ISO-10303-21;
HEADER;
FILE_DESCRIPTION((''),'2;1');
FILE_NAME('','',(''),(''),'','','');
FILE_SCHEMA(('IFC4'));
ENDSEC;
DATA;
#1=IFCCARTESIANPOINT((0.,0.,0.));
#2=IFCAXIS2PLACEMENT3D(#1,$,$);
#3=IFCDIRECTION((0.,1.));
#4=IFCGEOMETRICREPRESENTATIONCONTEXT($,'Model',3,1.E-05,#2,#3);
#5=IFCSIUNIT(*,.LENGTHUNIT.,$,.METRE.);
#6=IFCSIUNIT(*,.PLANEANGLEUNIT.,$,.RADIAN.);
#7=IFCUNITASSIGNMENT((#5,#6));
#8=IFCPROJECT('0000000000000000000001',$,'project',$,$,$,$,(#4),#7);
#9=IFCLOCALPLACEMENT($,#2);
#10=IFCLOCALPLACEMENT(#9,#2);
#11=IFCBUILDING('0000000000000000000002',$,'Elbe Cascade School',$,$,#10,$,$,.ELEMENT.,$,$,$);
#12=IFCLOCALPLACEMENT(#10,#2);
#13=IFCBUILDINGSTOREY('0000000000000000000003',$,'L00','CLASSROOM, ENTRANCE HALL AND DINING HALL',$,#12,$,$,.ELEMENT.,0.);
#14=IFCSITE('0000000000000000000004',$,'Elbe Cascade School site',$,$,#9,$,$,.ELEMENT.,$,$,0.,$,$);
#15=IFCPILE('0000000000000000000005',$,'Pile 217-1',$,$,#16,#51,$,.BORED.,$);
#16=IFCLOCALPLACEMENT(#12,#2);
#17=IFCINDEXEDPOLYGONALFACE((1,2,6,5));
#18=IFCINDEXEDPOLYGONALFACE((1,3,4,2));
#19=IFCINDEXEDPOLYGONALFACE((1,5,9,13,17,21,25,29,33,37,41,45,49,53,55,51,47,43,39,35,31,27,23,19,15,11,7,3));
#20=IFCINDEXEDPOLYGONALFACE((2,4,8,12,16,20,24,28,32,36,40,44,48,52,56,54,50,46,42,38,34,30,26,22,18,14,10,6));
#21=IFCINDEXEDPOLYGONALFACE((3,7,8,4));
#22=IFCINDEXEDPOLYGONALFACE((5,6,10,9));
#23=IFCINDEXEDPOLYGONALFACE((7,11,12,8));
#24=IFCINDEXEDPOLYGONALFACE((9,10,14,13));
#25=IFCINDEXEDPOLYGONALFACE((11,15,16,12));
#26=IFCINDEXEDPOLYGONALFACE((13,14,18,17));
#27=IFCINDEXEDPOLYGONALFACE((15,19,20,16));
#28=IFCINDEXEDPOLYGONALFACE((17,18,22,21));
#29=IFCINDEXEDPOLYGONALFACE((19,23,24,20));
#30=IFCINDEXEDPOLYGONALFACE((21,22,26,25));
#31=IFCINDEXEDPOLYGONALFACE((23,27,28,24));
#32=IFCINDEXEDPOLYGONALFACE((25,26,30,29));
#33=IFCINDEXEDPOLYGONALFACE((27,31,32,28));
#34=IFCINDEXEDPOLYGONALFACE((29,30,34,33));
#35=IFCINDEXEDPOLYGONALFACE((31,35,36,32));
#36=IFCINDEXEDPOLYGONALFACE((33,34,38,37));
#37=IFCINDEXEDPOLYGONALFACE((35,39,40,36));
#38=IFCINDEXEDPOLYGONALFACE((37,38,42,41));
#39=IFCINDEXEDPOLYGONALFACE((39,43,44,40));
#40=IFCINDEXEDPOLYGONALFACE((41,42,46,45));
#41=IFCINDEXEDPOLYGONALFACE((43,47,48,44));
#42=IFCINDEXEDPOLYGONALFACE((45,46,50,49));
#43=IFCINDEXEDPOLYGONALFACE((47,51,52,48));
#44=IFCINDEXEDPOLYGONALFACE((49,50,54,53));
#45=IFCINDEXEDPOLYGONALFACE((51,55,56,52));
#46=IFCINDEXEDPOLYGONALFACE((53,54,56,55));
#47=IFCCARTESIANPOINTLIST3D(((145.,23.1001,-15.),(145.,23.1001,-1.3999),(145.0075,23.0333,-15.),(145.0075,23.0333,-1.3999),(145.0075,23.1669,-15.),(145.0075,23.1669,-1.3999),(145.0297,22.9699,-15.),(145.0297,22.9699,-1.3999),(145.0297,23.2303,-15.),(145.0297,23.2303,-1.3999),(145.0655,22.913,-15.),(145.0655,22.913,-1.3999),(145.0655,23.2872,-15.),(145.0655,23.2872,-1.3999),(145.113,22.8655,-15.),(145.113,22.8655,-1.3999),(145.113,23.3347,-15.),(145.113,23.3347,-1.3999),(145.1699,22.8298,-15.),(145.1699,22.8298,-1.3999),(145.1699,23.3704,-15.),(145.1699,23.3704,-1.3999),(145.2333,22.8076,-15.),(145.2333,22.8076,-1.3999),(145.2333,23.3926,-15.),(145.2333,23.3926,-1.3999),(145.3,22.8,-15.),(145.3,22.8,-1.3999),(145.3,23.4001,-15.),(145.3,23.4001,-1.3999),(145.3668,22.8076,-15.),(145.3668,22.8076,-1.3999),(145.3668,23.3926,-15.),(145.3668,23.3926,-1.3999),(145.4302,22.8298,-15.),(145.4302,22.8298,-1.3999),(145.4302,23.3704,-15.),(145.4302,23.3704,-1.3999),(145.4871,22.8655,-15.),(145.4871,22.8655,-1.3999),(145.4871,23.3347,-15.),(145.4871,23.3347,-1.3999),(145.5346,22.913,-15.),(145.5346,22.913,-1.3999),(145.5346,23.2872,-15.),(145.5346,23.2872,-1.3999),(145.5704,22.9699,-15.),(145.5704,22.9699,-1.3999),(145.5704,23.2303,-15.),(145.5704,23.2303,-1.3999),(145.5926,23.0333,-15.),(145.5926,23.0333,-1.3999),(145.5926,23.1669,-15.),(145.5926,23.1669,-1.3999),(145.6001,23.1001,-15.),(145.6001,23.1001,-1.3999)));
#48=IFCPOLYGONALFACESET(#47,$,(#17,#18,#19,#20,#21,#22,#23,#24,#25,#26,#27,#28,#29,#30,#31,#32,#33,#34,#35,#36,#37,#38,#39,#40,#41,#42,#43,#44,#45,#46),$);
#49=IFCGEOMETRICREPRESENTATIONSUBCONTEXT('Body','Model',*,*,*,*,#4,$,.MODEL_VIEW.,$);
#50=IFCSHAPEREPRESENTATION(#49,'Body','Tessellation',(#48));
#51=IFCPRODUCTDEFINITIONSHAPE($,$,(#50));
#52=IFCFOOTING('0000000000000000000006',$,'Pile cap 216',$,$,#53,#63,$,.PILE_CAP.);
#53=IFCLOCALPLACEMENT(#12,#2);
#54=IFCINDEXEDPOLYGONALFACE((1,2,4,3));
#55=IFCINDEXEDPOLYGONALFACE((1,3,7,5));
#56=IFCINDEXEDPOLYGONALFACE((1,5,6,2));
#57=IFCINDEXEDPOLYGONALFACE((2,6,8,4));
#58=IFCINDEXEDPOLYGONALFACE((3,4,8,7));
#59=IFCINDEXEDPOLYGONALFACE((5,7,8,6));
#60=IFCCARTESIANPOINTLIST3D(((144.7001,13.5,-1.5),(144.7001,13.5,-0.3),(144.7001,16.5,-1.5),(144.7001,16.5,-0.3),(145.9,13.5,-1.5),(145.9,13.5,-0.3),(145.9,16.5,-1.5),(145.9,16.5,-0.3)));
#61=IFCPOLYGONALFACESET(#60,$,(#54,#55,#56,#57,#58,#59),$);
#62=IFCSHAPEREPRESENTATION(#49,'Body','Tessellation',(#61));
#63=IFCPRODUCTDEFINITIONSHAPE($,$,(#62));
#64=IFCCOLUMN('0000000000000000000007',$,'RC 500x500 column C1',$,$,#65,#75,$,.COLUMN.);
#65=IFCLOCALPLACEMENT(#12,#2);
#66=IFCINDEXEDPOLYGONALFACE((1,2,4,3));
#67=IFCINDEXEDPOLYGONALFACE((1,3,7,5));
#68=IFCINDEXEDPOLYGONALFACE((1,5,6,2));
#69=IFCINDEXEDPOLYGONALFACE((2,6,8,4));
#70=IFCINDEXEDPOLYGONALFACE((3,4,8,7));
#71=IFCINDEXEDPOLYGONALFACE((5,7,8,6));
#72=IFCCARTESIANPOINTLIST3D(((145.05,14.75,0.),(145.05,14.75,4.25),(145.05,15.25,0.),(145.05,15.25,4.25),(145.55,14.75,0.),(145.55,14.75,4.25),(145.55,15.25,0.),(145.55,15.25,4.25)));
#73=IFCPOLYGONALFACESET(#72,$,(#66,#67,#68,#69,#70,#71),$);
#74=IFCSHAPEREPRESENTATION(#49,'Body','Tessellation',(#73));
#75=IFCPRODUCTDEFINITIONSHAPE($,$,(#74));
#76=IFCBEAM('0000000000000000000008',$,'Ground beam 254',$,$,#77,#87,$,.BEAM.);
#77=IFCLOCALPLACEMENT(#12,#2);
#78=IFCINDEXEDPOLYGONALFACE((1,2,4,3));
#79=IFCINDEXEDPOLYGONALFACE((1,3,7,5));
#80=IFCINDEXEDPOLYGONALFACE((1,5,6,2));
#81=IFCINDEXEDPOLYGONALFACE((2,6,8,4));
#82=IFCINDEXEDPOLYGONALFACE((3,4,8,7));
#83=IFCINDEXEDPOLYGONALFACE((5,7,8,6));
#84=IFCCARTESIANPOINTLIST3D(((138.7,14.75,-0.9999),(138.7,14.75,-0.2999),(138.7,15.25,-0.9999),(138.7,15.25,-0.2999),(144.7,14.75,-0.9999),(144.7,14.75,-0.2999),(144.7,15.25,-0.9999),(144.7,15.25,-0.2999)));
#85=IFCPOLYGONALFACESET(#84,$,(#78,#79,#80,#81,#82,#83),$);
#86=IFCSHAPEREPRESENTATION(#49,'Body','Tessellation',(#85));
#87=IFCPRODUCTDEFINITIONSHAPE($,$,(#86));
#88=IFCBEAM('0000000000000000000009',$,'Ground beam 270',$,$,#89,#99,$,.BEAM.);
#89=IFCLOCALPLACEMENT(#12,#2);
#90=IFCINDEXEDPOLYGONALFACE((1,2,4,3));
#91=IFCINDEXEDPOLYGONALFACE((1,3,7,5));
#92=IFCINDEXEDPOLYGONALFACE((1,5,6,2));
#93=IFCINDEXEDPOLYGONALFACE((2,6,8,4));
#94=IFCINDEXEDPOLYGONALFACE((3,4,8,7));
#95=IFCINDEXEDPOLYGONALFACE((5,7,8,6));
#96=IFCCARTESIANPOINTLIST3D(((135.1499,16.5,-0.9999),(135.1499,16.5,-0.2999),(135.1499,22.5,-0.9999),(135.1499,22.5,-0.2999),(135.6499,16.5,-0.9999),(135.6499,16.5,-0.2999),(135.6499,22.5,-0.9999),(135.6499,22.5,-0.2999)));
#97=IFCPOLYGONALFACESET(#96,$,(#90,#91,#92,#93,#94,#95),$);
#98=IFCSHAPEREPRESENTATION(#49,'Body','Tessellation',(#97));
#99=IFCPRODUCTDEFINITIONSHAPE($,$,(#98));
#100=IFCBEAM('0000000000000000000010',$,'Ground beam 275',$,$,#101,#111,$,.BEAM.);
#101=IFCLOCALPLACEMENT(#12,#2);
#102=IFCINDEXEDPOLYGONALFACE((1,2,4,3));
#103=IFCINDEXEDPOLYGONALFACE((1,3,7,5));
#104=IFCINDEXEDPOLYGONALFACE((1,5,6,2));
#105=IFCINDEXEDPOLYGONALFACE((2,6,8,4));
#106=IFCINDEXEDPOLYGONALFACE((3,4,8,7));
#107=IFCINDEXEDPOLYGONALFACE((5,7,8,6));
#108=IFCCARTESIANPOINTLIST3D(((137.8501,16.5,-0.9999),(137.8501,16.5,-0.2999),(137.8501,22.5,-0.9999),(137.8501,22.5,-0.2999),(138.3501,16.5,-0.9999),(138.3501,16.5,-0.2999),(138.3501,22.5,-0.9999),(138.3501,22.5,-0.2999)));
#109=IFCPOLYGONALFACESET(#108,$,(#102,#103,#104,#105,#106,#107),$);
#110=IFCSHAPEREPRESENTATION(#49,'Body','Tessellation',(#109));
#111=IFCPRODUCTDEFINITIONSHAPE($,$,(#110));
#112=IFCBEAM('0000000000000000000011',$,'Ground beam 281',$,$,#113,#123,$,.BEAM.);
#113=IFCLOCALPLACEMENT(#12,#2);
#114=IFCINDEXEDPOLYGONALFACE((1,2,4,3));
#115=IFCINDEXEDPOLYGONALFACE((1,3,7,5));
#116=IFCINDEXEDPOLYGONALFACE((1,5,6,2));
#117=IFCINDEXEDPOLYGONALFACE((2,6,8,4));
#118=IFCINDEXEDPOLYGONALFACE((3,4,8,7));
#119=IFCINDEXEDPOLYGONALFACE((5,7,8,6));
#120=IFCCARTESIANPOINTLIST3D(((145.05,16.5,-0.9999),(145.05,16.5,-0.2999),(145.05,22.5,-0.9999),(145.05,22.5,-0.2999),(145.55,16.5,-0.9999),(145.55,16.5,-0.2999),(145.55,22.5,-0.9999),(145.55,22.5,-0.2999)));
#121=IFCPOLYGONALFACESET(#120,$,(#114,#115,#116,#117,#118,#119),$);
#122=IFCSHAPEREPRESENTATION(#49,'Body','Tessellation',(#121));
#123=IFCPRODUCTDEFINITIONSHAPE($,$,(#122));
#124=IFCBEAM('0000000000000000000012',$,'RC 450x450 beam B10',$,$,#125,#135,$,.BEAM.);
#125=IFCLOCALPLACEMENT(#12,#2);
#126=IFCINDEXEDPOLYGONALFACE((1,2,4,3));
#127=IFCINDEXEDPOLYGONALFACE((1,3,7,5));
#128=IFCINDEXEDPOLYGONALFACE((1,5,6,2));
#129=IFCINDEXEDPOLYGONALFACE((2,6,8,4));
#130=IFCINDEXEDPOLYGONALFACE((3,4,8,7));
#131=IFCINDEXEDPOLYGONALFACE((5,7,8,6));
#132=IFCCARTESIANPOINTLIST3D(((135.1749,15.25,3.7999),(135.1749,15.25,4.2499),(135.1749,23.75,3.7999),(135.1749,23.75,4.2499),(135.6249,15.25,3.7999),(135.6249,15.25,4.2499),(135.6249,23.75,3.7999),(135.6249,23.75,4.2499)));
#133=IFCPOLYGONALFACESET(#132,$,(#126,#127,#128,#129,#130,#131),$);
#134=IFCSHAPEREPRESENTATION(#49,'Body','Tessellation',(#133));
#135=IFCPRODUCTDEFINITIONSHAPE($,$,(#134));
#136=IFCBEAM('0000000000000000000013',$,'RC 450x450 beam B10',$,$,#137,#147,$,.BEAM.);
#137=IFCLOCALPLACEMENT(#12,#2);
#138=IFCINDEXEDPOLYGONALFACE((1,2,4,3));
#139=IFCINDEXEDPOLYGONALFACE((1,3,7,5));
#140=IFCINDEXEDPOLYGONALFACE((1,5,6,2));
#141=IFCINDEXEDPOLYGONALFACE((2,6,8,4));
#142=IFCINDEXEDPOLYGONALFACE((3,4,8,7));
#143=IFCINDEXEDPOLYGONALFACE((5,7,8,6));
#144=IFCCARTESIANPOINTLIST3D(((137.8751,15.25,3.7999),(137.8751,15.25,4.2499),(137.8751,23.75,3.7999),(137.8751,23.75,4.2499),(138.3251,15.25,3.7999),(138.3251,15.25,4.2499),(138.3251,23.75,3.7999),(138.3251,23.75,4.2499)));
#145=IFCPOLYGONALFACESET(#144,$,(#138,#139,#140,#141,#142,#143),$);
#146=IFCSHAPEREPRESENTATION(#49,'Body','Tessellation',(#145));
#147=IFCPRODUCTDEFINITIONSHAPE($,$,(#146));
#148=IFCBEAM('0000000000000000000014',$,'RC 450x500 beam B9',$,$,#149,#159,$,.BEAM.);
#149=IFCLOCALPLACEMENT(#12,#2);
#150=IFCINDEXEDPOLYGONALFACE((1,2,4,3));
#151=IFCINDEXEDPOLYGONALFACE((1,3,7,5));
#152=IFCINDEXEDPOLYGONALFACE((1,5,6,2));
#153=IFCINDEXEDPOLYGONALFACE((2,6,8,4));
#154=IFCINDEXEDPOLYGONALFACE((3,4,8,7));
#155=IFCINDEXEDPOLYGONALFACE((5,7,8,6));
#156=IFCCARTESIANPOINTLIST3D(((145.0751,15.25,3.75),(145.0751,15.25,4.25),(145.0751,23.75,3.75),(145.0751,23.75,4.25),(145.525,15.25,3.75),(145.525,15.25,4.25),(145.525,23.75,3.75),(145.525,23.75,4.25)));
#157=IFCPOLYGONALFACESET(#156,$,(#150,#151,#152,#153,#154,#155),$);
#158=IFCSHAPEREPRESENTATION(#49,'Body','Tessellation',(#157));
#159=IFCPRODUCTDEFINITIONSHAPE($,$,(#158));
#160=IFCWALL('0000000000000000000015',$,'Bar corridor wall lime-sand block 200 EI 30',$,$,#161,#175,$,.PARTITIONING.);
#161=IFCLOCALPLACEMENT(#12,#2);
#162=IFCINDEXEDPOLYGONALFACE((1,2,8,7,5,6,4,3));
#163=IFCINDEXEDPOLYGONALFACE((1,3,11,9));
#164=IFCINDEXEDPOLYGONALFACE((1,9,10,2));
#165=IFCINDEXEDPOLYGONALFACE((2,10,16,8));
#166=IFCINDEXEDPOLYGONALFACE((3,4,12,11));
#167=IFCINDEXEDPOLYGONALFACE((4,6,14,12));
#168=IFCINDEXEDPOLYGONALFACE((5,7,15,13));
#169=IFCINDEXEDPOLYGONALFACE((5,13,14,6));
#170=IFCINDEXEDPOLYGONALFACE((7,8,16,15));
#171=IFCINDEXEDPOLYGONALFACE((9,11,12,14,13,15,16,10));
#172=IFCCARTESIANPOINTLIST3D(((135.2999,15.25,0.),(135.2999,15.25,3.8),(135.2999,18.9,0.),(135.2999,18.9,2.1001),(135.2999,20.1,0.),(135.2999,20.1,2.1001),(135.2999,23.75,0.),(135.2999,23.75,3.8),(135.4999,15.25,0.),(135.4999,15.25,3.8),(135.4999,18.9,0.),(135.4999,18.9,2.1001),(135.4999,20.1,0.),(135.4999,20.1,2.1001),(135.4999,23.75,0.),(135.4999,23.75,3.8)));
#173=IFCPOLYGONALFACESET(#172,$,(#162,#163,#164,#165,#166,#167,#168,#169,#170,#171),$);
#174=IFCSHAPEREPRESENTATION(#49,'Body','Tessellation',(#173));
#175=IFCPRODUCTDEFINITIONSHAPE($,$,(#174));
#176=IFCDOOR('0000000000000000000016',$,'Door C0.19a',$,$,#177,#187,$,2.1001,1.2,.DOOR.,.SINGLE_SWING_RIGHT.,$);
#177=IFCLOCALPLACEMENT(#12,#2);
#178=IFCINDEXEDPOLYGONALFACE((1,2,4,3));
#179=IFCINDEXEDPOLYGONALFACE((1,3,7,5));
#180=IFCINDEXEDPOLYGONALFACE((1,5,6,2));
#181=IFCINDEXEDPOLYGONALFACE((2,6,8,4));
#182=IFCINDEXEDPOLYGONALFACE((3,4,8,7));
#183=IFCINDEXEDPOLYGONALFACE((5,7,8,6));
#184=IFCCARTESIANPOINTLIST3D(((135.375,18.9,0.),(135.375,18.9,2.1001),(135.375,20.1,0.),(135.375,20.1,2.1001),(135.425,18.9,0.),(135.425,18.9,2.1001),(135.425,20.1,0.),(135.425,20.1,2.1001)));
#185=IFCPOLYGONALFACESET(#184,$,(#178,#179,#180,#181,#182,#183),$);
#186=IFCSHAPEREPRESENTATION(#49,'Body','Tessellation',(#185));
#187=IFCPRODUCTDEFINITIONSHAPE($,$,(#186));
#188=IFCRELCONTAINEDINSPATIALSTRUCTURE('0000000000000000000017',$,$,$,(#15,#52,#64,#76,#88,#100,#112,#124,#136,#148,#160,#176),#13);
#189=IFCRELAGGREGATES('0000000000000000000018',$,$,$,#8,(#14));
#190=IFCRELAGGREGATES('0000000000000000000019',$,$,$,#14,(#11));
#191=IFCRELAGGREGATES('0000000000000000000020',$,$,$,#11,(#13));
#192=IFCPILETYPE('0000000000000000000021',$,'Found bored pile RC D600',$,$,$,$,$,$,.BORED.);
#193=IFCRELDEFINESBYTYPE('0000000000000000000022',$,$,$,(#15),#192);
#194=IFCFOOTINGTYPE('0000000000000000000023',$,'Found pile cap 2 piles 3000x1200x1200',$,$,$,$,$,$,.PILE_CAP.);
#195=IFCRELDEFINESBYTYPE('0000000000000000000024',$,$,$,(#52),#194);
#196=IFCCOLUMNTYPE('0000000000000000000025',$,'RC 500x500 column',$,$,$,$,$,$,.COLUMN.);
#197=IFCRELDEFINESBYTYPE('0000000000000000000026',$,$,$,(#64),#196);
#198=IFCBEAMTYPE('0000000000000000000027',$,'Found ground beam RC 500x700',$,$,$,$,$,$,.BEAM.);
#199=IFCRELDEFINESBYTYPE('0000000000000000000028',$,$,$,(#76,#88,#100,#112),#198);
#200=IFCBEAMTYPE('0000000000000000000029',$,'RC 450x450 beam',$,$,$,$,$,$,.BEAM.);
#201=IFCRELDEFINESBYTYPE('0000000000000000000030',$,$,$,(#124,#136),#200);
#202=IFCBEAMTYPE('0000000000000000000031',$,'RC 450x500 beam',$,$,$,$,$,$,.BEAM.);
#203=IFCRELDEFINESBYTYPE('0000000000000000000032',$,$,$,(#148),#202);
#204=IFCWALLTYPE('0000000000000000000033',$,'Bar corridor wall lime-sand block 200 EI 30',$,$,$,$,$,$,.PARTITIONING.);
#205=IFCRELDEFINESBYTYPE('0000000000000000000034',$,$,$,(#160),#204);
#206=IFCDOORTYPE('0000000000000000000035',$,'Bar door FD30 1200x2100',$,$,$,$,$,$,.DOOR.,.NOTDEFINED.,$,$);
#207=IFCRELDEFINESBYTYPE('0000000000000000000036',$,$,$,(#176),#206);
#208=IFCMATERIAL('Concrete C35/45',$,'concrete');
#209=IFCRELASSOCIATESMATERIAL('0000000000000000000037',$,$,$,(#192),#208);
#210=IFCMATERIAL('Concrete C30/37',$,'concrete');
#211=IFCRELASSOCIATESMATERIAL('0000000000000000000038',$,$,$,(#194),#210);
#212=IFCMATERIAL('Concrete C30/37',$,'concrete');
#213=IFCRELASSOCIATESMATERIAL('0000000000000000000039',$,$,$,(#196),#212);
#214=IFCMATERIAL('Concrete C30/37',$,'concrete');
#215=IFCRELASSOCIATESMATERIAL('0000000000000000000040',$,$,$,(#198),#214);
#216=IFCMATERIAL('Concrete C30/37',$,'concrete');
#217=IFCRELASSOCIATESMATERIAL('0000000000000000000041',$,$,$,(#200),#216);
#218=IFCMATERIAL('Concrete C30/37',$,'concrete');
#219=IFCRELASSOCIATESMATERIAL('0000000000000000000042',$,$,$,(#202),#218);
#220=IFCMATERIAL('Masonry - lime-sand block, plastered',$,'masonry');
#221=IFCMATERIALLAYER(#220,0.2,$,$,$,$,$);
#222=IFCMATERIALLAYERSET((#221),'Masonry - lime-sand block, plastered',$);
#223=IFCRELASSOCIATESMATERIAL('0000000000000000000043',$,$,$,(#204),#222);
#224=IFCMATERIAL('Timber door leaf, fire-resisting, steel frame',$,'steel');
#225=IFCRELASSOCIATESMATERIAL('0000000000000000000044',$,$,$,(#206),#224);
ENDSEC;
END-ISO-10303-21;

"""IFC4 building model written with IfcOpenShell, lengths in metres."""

from ifc_helpers import new_model, si_unit, direction, frame, frame_2d, origin, origin_2d, place, context, subcontext, project, spatial, rectangle, circle, extrude, material, layer, layer_set, material_profile, profile_set, type_object, element, fill, save


model = new_model("IFC4")

# Units and contexts
model_context = context("Model", 3, precision=1e-05, world=origin(), true_north=direction((0.0, 1.0)))
body_context = subcontext(model_context, "Body", "Model", "MODEL_VIEW")
ifc_project = project(units=[si_unit("LENGTHUNIT", "METRE"), si_unit("PLANEANGLEUNIT", "RADIAN")], contexts=[model_context])

# Site, building, storey
site_placement = place(None, origin())
site = spatial("IfcSite", under=ifc_project, at=site_placement, Name="Elbe Cascade School site", CompositionType="ELEMENT", RefElevation=0.0)
building_placement = place(site_placement, origin())
building = spatial("IfcBuilding", under=site, at=building_placement, Name="Elbe Cascade School", CompositionType="ELEMENT")
storey_placement = place(building_placement, origin())
storey = spatial("IfcBuildingStorey", under=building, at=storey_placement, Name="L00", Description="CLASSROOM, ENTRANCE HALL AND DINING HALL", CompositionType="ELEMENT", Elevation=0.0)

# Pile
ifc_material_1 = material(Name="Concrete C35/45", Category="concrete")
ifc_material_profile_1 = material_profile(ifc_material_1, circle(Radius=0.3, at=origin_2d()), Name="RC D600")
ifc_profile_set_1 = profile_set([ifc_material_profile_1], Name="Concrete C35/45")
pile_type = type_object("IfcPileType", Name="Found bored pile RC D600", PredefinedType="BORED", material=ifc_profile_set_1)
for number, where, z_axis, x_axis, name in (
    (1, (145.3, 23.1001, -1.3999), (0.0, 0.0, -1.0), (1.0, 0.0, 0.0), "Pile 217-1"),
):
    element("IfcPile", number, at=place(storey_placement, frame(where, z_axis=z_axis, x_axis=x_axis)), inside=storey, type_object=pile_type, Name=name, PredefinedType="BORED", context=body_context, shape_type="SweptSolid", body=[
        extrude(circle(Radius=0.3, at=origin_2d()), origin(), (0.0, 0.0, 1.0), 13.6001),
    ])

# Footing
ifc_material_2 = material(Name="Concrete C30/37", Category="concrete")
footing_type = type_object("IfcFootingType", Name="Found pile cap 2 piles 3000x1200x1200", PredefinedType="PILE_CAP", material=ifc_material_2)
footing_placement = place(storey_placement, frame((145.3, 15.0, -1.5), z_axis=(0.0, 0.0, 1.0), x_axis=(1.0, 0.0, 0.0)))
element("IfcFooting", 2, at=footing_placement, inside=storey, type_object=footing_type, Name="Pile cap 216", PredefinedType="PILE_CAP", context=body_context, shape_type="SweptSolid", body=[
    extrude(rectangle(XDim=1.2, YDim=3.0, at=origin_2d()), origin(), (0.0, 0.0, 1.0), 1.2),
])

# Column
ifc_material_3 = material(Name="Concrete C30/37", Category="concrete")
ifc_material_profile_2 = material_profile(ifc_material_3, rectangle(XDim=0.5, YDim=0.5, at=origin_2d()), Name="RC 500x500")
ifc_profile_set_2 = profile_set([ifc_material_profile_2], Name="Concrete C30/37")
column_type = type_object("IfcColumnType", Name="RC 500x500 column", PredefinedType="COLUMN", material=ifc_profile_set_2)
column_placement = place(storey_placement, frame((145.3, 15.0, 0.0), z_axis=(0.0, 0.0, 1.0), x_axis=(1.0, 0.0, 0.0)))
element("IfcColumn", 3, at=column_placement, inside=storey, type_object=column_type, Name="RC 500x500 column C1", PredefinedType="COLUMN", context=body_context, shape_type="SweptSolid", body=[
    extrude(rectangle(XDim=0.5, YDim=0.5, at=origin_2d()), origin(), (0.0, 0.0, 1.0), 4.25),
])

# Beams
ifc_material_4 = material(Name="Concrete C30/37", Category="concrete")
ifc_material_profile_3 = material_profile(ifc_material_4, rectangle(XDim=0.5, YDim=0.7, at=origin_2d()), Name="RC 500x700")
ifc_profile_set_3 = profile_set([ifc_material_profile_3], Name="Concrete C30/37")
beam_type_1 = type_object("IfcBeamType", Name="Found ground beam RC 500x700", PredefinedType="BEAM", material=ifc_profile_set_3)
for number, where, z_axis, x_axis, name in (
    (4, (138.7, 15.0, -0.6499), (1.0, 0.0, 0.0), (0.0, 1.0, 0.0), "Ground beam 254"),
    (5, (135.3999, 16.5, -0.6499), (0.0, 1.0, 0.0), (-1.0, 0.0, 0.0), "Ground beam 270"),
    (6, (138.1001, 16.5, -0.6499), (0.0, 1.0, 0.0), (-1.0, 0.0, 0.0), "Ground beam 275"),
    (7, (145.3, 16.5, -0.6499), (0.0, 1.0, 0.0), (-1.0, 0.0, 0.0), "Ground beam 281"),
):
    element("IfcBeam", number, at=place(storey_placement, frame(where, z_axis=z_axis, x_axis=x_axis)), inside=storey, type_object=beam_type_1, Name=name, PredefinedType="BEAM", context=body_context, shape_type="SweptSolid", body=[
        extrude(rectangle(XDim=0.5, YDim=0.7, at=origin_2d()), origin(), (0.0, 0.0, 1.0), 6.0),
    ])
ifc_material_5 = material(Name="Concrete C30/37", Category="concrete")
ifc_material_profile_4 = material_profile(ifc_material_5, rectangle(XDim=0.45, YDim=0.45, at=origin_2d()), Name="RC 450x450")
ifc_profile_set_4 = profile_set([ifc_material_profile_4], Name="Concrete C30/37")
beam_type_2 = type_object("IfcBeamType", Name="RC 450x450 beam", PredefinedType="BEAM", material=ifc_profile_set_4)
for number, where, z_axis, x_axis, name in (
    (8, (135.3999, 15.25, 4.0249), (0.0, 1.0, 0.0), (-1.0, 0.0, 0.0), "RC 450x450 beam B10"),
    (9, (138.1001, 15.25, 4.0249), (0.0, 1.0, 0.0), (-1.0, 0.0, 0.0), "RC 450x450 beam B10"),
):
    element("IfcBeam", number, at=place(storey_placement, frame(where, z_axis=z_axis, x_axis=x_axis)), inside=storey, type_object=beam_type_2, Name=name, PredefinedType="BEAM", context=body_context, shape_type="SweptSolid", body=[
        extrude(rectangle(XDim=0.45, YDim=0.45, at=origin_2d()), origin(), (0.0, 0.0, 1.0), 8.5),
    ])
ifc_material_6 = material(Name="Concrete C30/37", Category="concrete")
ifc_material_profile_5 = material_profile(ifc_material_6, rectangle(XDim=0.45, YDim=0.5, at=origin_2d()), Name="RC 450x500")
ifc_profile_set_5 = profile_set([ifc_material_profile_5], Name="Concrete C30/37")
beam_type_3 = type_object("IfcBeamType", Name="RC 450x500 beam", PredefinedType="BEAM", material=ifc_profile_set_5)
beam_placement = place(storey_placement, frame((145.3, 15.25, 4.0), z_axis=(0.0, 1.0, 0.0), x_axis=(-1.0, 0.0, 0.0)))
element("IfcBeam", 10, at=beam_placement, inside=storey, type_object=beam_type_3, Name="RC 450x500 beam B9", PredefinedType="BEAM", context=body_context, shape_type="SweptSolid", body=[
    extrude(rectangle(XDim=0.45, YDim=0.5, at=origin_2d()), origin(), (0.0, 0.0, 1.0), 8.5),
])

# Wall, opening, door
ifc_material_7 = material(Name="Masonry - lime-sand block, plastered", Category="masonry")
ifc_layer_1 = layer(ifc_material_7, 0.2)
ifc_layer_set_1 = layer_set([ifc_layer_1], Name="Masonry - lime-sand block, plastered")
wall_type_1 = type_object("IfcWallType", Name="Bar corridor wall lime-sand block 200 EI 30", PredefinedType="PARTITIONING", material=ifc_layer_set_1)
wall_1_placement = place(storey_placement, frame((135.3999, 15.25, 0.0), z_axis=(0.0, 0.0, 1.0), x_axis=(0.0, 1.0, 0.0)))
wall_1 = element("IfcWall", 11, at=wall_1_placement, inside=storey, type_object=wall_type_1, Name="Bar corridor wall lime-sand block 200 EI 30", PredefinedType="PARTITIONING", context=body_context, shape_type="SweptSolid", body=[
    extrude(rectangle(XDim=8.5, YDim=0.2, at=frame_2d((4.25, 0.0))), origin(), (0.0, 0.0, 1.0), 3.8),
])
opening_placement = place(wall_1_placement, frame((3.6499, 0.0, 0.0)))
opening = element("IfcOpeningElement", 12, at=opening_placement, cuts=wall_1, PredefinedType="OPENING", context=body_context, shape_type="SweptSolid", body=[
    extrude(rectangle(XDim=1.2, YDim=2.1001, at=frame_2d((0.6001, 1.05))), frame((0.0, 0.1099, 0.0), z_axis=(0.0, -1.0, 0.0), x_axis=(1.0, 0.0, 0.0)), (0.0, 0.0, 1.0), 0.22),
])
ifc_material_8 = material(Name="Timber door leaf, fire-resisting, steel frame", Category="steel")
door_type = type_object("IfcDoorType", Name="Bar door FD30 1200x2100", OperationType="NOTDEFINED", PredefinedType="DOOR", material=ifc_material_8)
door_placement = place(opening_placement, origin())
door = element("IfcDoor", 13, at=door_placement, inside=storey, type_object=door_type, Name="Door C0.19a", OperationType="SINGLE_SWING_RIGHT", OverallHeight=2.1001, OverallWidth=1.2, PredefinedType="DOOR", context=body_context, shape_type="SweptSolid", body=[
    extrude(rectangle(XDim=1.2, YDim=2.1001, at=frame_2d((0.6001, 1.05))), frame((0.0, 0.0249, 0.0), z_axis=(0.0, -1.0, 0.0), x_axis=(1.0, 0.0, 0.0)), (0.0, 0.0, 1.0), 0.05),
])
fill(opening, door)

save(model, "model.ifc")
